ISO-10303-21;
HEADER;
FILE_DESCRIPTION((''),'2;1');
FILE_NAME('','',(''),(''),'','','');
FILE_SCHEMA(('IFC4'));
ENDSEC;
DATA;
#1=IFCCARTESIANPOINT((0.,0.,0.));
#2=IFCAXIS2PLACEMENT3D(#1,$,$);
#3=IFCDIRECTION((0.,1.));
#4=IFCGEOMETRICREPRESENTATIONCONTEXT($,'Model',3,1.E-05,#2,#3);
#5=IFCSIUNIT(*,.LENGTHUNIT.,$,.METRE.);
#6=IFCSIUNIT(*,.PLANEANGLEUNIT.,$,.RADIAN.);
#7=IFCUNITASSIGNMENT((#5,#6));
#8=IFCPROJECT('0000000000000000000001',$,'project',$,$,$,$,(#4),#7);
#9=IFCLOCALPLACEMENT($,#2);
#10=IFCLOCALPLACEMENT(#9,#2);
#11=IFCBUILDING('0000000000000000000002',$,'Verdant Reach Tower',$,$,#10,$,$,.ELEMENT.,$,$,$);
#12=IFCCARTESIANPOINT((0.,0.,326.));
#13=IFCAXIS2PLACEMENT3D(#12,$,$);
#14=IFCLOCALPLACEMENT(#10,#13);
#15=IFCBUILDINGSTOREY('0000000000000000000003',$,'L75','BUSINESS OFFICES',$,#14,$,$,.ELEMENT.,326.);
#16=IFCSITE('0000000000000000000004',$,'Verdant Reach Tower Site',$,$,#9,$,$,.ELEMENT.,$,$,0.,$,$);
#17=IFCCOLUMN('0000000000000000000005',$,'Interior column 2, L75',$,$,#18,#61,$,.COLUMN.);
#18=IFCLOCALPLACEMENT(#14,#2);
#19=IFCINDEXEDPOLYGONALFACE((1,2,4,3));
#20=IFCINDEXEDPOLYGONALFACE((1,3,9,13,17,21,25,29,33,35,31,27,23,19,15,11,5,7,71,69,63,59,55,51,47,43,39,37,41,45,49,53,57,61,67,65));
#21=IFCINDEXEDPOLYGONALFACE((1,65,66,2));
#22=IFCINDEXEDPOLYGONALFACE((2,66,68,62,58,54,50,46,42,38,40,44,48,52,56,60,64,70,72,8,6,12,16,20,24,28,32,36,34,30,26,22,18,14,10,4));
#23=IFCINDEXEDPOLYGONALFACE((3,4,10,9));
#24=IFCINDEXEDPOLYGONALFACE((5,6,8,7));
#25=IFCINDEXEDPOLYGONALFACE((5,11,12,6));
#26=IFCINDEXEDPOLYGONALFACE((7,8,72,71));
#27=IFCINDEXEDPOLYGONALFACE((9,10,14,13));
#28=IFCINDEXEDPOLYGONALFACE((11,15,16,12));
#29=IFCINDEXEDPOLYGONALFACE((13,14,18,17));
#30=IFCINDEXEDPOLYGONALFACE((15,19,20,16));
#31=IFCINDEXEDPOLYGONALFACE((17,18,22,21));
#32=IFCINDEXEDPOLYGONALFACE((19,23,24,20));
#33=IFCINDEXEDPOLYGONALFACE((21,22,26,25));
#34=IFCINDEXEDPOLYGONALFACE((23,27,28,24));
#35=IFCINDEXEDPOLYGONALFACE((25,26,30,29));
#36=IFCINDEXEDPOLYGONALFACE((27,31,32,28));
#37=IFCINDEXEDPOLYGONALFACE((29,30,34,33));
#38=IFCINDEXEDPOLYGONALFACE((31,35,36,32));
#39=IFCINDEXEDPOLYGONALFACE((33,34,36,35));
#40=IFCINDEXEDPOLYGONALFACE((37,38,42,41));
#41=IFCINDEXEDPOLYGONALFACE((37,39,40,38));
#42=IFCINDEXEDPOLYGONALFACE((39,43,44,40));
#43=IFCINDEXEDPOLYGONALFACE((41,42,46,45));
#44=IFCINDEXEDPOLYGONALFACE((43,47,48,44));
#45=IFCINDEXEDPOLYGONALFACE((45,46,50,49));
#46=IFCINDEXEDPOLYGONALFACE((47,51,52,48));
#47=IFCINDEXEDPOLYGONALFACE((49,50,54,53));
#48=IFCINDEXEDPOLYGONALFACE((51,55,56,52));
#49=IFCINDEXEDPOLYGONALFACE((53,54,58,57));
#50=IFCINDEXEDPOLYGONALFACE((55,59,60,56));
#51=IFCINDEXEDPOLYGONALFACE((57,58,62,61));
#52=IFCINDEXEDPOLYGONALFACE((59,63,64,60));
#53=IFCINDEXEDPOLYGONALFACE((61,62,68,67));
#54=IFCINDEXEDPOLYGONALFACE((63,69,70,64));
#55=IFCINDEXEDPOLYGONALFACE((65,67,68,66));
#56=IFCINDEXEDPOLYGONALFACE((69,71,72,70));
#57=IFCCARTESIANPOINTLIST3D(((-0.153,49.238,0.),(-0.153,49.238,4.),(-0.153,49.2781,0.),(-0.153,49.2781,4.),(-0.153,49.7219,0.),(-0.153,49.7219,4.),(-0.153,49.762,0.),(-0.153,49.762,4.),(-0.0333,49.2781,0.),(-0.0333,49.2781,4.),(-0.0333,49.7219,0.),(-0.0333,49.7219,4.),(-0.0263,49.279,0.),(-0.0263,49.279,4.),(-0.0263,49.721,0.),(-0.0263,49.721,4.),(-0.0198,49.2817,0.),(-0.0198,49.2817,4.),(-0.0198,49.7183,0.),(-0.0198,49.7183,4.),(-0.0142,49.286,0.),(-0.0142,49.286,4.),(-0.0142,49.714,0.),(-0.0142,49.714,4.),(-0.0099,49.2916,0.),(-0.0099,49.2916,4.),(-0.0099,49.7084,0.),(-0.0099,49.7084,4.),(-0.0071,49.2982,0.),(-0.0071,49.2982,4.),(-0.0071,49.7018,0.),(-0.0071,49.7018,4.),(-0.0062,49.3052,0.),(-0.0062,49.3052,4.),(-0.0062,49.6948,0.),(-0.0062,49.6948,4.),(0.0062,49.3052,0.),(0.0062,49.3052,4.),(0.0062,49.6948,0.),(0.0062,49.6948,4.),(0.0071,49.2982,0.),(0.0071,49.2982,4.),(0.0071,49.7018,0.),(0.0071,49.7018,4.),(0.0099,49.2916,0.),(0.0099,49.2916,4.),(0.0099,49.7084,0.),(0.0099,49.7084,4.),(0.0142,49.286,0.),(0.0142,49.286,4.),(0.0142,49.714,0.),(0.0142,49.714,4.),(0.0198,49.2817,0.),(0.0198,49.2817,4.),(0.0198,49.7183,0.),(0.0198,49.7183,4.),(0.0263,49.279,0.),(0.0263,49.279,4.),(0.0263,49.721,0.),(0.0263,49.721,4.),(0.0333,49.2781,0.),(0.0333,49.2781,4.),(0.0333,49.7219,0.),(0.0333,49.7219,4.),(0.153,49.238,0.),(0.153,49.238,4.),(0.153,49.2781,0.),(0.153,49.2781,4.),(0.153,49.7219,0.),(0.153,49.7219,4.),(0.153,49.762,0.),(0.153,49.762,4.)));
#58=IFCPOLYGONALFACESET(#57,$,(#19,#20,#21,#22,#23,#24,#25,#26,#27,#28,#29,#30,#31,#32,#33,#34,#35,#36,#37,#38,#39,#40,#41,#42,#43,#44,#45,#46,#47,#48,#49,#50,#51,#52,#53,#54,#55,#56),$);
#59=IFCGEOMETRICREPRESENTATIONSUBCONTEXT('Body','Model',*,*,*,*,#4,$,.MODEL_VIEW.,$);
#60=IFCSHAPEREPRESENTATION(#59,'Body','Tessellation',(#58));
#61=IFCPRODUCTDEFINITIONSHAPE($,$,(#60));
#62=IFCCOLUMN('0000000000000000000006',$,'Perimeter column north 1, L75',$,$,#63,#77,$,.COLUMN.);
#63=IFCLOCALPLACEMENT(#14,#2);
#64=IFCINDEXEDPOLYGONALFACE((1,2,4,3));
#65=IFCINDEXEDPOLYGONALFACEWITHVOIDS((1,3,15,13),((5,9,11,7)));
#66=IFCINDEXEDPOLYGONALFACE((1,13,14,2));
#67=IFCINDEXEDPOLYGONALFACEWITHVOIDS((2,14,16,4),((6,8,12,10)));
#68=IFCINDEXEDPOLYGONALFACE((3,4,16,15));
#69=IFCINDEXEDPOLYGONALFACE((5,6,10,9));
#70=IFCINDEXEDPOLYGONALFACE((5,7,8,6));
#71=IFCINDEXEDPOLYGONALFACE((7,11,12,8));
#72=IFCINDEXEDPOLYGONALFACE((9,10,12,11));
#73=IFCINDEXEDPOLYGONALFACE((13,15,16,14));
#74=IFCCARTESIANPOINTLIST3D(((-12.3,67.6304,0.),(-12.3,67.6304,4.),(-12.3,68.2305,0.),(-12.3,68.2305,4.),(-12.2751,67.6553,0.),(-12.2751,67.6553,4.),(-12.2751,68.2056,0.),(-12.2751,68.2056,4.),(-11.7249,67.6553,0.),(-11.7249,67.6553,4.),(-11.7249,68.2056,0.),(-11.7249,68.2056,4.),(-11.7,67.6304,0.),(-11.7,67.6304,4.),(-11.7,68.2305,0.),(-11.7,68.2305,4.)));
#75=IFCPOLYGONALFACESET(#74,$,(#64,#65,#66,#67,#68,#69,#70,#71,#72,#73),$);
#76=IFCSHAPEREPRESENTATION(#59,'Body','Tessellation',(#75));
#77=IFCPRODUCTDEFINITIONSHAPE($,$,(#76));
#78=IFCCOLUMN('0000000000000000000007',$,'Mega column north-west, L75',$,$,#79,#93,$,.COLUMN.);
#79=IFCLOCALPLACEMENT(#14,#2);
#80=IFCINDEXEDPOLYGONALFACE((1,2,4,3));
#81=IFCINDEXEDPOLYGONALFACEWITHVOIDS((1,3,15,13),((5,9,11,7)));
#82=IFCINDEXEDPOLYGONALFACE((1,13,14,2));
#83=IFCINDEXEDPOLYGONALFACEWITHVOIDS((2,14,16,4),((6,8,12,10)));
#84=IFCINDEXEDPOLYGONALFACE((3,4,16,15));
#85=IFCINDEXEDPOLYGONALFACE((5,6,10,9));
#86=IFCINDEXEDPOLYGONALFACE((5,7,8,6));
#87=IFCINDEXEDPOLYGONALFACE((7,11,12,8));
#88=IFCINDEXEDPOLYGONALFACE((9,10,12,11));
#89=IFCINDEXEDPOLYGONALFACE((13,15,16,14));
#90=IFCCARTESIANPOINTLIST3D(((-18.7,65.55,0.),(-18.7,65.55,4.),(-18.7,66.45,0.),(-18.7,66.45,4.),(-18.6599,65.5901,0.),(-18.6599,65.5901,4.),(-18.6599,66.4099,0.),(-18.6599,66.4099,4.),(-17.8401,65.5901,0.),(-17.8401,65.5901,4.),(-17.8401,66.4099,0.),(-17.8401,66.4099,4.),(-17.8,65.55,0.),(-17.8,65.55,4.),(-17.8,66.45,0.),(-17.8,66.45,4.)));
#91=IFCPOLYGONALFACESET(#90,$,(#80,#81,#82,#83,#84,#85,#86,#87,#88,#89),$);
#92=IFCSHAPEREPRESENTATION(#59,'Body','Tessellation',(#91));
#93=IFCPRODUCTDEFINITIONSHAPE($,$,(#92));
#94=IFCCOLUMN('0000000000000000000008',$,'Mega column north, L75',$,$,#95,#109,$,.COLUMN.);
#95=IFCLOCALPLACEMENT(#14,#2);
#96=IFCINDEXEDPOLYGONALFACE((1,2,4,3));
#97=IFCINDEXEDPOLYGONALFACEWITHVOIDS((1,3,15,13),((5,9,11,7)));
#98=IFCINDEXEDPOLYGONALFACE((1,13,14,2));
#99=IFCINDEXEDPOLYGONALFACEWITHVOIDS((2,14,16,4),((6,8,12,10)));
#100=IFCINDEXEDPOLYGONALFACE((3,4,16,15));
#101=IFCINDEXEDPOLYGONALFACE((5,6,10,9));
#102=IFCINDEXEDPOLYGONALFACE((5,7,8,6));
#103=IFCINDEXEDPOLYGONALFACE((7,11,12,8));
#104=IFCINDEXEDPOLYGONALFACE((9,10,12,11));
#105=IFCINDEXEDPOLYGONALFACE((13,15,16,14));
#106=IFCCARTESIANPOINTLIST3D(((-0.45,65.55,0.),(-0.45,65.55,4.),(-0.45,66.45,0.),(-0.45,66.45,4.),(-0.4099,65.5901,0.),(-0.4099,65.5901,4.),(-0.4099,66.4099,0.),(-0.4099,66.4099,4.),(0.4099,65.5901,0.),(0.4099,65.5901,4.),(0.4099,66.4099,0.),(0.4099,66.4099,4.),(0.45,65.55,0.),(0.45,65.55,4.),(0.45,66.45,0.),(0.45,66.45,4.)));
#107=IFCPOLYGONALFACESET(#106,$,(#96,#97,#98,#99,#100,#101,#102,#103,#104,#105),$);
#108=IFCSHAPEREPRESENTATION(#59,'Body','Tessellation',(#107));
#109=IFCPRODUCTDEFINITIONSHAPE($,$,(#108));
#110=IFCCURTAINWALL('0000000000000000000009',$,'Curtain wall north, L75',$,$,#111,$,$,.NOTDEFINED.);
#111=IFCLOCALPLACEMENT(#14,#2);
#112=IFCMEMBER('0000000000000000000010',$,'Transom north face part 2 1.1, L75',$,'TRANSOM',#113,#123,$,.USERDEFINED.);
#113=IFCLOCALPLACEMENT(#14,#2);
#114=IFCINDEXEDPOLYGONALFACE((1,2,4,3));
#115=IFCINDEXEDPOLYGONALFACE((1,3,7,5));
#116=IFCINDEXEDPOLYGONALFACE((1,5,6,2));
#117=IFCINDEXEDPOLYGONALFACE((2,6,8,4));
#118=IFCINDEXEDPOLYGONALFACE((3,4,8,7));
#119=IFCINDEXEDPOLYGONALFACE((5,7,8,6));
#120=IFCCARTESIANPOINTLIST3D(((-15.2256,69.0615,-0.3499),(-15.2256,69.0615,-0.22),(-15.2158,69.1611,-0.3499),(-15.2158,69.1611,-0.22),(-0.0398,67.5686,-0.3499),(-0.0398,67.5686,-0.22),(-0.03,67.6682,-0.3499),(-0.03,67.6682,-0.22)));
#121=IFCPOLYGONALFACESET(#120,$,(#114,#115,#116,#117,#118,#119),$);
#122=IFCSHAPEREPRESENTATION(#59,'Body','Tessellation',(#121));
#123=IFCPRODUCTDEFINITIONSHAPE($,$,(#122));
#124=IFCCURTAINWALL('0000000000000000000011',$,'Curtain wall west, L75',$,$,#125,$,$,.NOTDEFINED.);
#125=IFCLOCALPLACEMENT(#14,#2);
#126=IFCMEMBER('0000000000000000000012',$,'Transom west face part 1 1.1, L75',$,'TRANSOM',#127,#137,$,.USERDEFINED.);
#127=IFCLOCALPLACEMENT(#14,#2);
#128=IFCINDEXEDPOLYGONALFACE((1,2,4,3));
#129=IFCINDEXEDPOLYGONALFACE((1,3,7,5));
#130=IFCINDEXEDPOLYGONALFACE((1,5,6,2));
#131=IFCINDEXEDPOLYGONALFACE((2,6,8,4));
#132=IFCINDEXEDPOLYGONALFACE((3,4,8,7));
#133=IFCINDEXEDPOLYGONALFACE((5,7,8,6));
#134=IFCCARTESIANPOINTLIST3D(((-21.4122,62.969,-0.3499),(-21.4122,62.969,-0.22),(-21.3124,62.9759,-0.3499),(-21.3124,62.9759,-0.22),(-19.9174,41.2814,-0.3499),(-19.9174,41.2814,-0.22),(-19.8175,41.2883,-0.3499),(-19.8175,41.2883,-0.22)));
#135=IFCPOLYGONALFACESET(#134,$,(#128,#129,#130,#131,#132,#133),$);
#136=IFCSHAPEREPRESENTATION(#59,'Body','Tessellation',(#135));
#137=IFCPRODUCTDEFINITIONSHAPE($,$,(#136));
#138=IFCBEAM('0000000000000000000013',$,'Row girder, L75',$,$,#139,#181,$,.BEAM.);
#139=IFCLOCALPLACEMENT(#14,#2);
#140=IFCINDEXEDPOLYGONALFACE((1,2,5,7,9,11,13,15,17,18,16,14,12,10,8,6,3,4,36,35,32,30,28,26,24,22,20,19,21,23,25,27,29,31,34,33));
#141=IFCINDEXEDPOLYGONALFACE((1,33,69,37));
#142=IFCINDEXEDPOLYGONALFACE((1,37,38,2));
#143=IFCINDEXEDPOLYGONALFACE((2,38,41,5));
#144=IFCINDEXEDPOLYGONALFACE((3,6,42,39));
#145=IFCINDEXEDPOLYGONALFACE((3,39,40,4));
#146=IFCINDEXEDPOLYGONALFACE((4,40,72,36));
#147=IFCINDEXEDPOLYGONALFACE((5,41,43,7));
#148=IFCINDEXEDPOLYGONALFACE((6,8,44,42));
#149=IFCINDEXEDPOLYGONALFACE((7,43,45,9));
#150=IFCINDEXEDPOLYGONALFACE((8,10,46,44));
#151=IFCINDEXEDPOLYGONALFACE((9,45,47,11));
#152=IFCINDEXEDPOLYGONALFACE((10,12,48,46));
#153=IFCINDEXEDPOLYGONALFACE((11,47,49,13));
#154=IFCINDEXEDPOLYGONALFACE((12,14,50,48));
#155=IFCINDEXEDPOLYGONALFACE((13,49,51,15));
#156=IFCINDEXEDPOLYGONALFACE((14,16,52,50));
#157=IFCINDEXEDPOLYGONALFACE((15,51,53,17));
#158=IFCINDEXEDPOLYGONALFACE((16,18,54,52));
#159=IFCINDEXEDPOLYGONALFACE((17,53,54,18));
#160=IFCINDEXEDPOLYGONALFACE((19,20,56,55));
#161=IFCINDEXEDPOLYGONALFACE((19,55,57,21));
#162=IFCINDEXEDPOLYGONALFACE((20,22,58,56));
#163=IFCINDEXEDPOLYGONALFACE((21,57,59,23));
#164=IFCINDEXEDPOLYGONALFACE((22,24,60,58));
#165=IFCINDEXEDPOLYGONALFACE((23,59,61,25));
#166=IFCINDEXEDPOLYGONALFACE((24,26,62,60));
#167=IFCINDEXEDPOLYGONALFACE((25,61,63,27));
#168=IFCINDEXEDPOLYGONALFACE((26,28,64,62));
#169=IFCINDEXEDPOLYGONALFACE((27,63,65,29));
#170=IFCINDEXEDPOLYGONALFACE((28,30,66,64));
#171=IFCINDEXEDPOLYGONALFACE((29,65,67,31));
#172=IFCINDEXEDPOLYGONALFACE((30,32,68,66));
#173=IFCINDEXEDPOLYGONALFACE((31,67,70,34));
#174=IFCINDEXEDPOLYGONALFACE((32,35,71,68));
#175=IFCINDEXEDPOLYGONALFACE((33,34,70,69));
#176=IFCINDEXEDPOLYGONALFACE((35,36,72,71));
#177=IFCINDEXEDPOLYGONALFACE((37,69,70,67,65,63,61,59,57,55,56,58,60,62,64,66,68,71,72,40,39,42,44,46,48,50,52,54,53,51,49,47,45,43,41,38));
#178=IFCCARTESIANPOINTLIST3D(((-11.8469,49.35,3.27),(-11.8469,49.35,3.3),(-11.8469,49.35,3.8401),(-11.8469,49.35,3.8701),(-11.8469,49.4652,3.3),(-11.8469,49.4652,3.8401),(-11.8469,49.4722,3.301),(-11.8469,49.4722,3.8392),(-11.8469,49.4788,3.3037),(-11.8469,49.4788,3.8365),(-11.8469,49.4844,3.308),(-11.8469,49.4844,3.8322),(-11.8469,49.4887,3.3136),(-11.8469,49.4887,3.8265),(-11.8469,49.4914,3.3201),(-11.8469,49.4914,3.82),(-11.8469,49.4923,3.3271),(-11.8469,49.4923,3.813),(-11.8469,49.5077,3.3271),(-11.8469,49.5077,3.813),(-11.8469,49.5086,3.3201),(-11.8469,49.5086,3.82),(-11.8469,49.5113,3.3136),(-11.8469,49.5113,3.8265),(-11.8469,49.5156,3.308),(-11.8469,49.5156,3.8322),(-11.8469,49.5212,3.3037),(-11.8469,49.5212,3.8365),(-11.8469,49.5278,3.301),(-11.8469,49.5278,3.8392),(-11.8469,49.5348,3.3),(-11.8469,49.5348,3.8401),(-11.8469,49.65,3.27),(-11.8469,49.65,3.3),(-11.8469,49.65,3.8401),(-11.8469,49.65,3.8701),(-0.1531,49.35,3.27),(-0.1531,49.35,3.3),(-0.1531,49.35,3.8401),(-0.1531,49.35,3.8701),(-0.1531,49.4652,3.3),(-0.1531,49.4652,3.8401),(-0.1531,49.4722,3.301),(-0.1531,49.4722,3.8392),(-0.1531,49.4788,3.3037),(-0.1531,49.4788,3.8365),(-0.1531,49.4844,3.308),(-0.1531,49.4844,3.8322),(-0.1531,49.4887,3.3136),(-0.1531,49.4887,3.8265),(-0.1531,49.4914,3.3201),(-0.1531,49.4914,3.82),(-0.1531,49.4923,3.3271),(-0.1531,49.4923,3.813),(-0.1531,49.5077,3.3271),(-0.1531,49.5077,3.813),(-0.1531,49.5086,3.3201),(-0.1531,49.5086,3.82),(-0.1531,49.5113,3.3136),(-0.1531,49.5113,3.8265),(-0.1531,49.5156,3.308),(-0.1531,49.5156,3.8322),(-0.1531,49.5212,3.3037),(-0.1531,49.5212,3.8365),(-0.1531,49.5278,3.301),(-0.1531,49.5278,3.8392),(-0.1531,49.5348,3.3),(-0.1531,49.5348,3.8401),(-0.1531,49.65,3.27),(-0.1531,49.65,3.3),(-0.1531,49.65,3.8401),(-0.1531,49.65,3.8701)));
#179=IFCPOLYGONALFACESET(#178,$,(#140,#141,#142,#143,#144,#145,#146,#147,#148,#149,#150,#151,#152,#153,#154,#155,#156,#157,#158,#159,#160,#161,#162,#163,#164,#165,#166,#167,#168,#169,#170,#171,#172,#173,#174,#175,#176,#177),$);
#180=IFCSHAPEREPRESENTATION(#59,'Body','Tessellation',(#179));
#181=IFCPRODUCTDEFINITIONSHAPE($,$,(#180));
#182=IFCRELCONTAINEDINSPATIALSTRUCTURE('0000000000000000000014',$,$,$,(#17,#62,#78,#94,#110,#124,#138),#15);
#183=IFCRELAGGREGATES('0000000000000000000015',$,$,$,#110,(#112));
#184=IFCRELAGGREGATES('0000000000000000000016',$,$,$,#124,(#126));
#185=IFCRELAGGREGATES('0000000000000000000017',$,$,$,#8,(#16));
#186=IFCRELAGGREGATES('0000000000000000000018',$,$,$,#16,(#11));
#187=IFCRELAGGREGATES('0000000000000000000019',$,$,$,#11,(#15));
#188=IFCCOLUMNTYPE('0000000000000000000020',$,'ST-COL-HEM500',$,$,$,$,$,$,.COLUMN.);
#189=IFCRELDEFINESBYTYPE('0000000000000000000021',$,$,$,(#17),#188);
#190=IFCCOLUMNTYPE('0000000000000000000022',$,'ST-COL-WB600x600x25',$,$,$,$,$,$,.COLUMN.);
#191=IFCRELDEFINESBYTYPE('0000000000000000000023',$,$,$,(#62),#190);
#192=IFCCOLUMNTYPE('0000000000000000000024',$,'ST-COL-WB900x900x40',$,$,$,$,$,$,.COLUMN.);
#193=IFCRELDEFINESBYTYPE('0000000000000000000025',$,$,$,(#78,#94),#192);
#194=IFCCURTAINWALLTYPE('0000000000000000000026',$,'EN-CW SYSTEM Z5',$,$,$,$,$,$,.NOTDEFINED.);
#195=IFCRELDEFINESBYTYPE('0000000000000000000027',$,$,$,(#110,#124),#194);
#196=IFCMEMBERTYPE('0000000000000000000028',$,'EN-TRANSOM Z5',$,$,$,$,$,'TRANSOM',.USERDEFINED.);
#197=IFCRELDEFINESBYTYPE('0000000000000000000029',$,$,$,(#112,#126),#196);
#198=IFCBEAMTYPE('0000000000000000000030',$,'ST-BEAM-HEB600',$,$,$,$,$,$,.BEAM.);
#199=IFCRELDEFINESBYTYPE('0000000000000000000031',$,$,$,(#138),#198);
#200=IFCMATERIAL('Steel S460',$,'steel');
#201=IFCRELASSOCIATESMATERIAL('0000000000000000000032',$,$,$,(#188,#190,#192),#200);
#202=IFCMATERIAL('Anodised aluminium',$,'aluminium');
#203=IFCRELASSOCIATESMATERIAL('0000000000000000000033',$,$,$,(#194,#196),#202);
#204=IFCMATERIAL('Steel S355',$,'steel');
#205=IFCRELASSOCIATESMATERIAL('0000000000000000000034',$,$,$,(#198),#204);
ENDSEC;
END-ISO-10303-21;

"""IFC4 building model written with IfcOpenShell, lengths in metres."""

from ifc_helpers import new_model, si_unit, direction, frame, origin, origin_2d, place, context, subcontext, project, spatial, rectangle, hollow_rectangle, i_section, extrude, material, material_profile, profile_set, type_object, element, aggregate, save


model = new_model("IFC4")

# Units and contexts
model_context = context("Model", 3, precision=1e-05, world=origin(), true_north=direction((0.0, 1.0)))
body_context = subcontext(model_context, "Body", "Model", "MODEL_VIEW")
ifc_project = project(units=[si_unit("LENGTHUNIT", "METRE"), si_unit("PLANEANGLEUNIT", "RADIAN")], contexts=[model_context])

# Site, building, storey
site_placement = place(None, origin())
site = spatial("IfcSite", under=ifc_project, at=site_placement, Name="Verdant Reach Tower Site", CompositionType="ELEMENT", RefElevation=0.0)
building_placement = place(site_placement, origin())
building = spatial("IfcBuilding", under=site, at=building_placement, Name="Verdant Reach Tower", CompositionType="ELEMENT")
storey_placement = place(building_placement, frame((0.0, 0.0, 326.0)))
storey = spatial("IfcBuildingStorey", under=building, at=storey_placement, Name="L75", Description="BUSINESS OFFICES", CompositionType="ELEMENT", Elevation=326.0)

# Columns
ifc_material_1 = material(Name="Steel S460", Category="steel")
ifc_material_profile_1 = material_profile(ifc_material_1, i_section(OverallWidth=0.3059, OverallDepth=0.5239, WebThickness=0.0125, FlangeThickness=0.04, FilletRadius=0.0271, at=origin_2d()), Name="HEM 500")
ifc_profile_set_1 = profile_set([ifc_material_profile_1], Name="Steel S460")
column_type_1 = type_object("IfcColumnType", Name="ST-COL-HEM500", PredefinedType="COLUMN", material=ifc_profile_set_1)
column_1_placement = place(storey_placement, frame((0.0, 49.5, 0.0), z_axis=(0.0, 0.0, 1.0), x_axis=(1.0, 0.0, 0.0)))
element("IfcColumn", 1, at=column_1_placement, inside=storey, type_object=column_type_1, Name="Interior column 2, L75", PredefinedType="COLUMN", context=body_context, shape_type="SweptSolid", body=[
    extrude(i_section(OverallWidth=0.3059, OverallDepth=0.5239, WebThickness=0.0125, FlangeThickness=0.04, FilletRadius=0.0271, at=origin_2d()), origin(), (0.0, 0.0, 1.0), 4.0),
])
ifc_material_profile_2 = material_profile(ifc_material_1, hollow_rectangle(XDim=0.6001, YDim=0.6001, WallThickness=0.0249, at=origin_2d()), Name="WB 600x600x25")
ifc_profile_set_2 = profile_set([ifc_material_profile_2], Name="Steel S460")
column_type_2 = type_object("IfcColumnType", Name="ST-COL-WB600x600x25", PredefinedType="COLUMN", material=ifc_profile_set_2)
column_2_placement = place(storey_placement, frame((-12.0, 67.9304, 0.0), z_axis=(0.0, 0.0, 1.0), x_axis=(1.0, 0.0, 0.0)))
element("IfcColumn", 2, at=column_2_placement, inside=storey, type_object=column_type_2, Name="Perimeter column north 1, L75", PredefinedType="COLUMN", context=body_context, shape_type="SweptSolid", body=[
    extrude(hollow_rectangle(XDim=0.6001, YDim=0.6001, WallThickness=0.0249, at=origin_2d()), origin(), (0.0, 0.0, 1.0), 4.0),
])
ifc_material_profile_3 = material_profile(ifc_material_1, hollow_rectangle(XDim=0.8999, YDim=0.8999, WallThickness=0.04, at=origin_2d()), Name="WB 900x900x40")
ifc_profile_set_3 = profile_set([ifc_material_profile_3], Name="Steel S460")
column_type_3 = type_object("IfcColumnType", Name="ST-COL-WB900x900x40", PredefinedType="COLUMN", material=ifc_profile_set_3)
for number, where, z_axis, x_axis, name in (
    (3, (-18.25, 66.0, 0.0), (0.0, 0.0, 1.0), (1.0, 0.0, 0.0), "Mega column north-west, L75"),
    (4, (0.0, 66.0, 0.0), (0.0, 0.0, 1.0), (1.0, 0.0, 0.0), "Mega column north, L75"),
):
    element("IfcColumn", number, at=place(storey_placement, frame(where, z_axis=z_axis, x_axis=x_axis)), inside=storey, type_object=column_type_3, Name=name, PredefinedType="COLUMN", context=body_context, shape_type="SweptSolid", body=[
        extrude(hollow_rectangle(XDim=0.8999, YDim=0.8999, WallThickness=0.04, at=origin_2d()), origin(), (0.0, 0.0, 1.0), 4.0),
    ])

# Curtain walls, members
ifc_material_2 = material(Name="Anodised aluminium", Category="aluminium")
curtain_wall_type = type_object("IfcCurtainWallType", Name="EN-CW SYSTEM Z5", PredefinedType="NOTDEFINED", material=ifc_material_2)
curtain_wall_1_placement = place(storey_placement, origin())
curtain_wall_1 = element("IfcCurtainWall", 5, at=curtain_wall_1_placement, inside=storey, type_object=curtain_wall_type, Name="Curtain wall north, L75", PredefinedType="NOTDEFINED")
ifc_material_profile_4 = material_profile(ifc_material_2, rectangle(XDim=0.1001, YDim=0.1299, at=origin_2d()), Name="Transom 130x100")
ifc_profile_set_4 = profile_set([ifc_material_profile_4], Name="Anodised aluminium")
member_type = type_object("IfcMemberType", Name="EN-TRANSOM Z5", ElementType="TRANSOM", PredefinedType="USERDEFINED", material=ifc_profile_set_4)
member_1_placement = place(storey_placement, frame((-0.0349, 67.6184, -0.2849), z_axis=(-0.995202, 0.097839, 0.0), x_axis=(-0.097839, -0.995202, 0.0)))
member_1 = element("IfcMember", 6, at=member_1_placement, type_object=member_type, Name="Transom north face part 2 1.1, L75", ObjectType="TRANSOM", PredefinedType="USERDEFINED", context=body_context, shape_type="SweptSolid", body=[
    extrude(rectangle(XDim=0.1001, YDim=0.1299, at=origin_2d()), origin(), (0.0, 0.0, 1.0), 15.259),
])
curtain_wall_2_placement = place(storey_placement, origin())
curtain_wall_2 = element("IfcCurtainWall", 7, at=curtain_wall_2_placement, inside=storey, type_object=curtain_wall_type, Name="Curtain wall west, L75", PredefinedType="NOTDEFINED")
member_2_placement = place(storey_placement, frame((-21.3623, 62.9724, -0.2849), z_axis=(0.068765, -0.997633, 0.0), x_axis=(0.997633, 0.068765, 0.0)))
member_2 = element("IfcMember", 8, at=member_2_placement, type_object=member_type, Name="Transom west face part 1 1.1, L75", ObjectType="TRANSOM", PredefinedType="USERDEFINED", context=body_context, shape_type="SweptSolid", body=[
    extrude(rectangle(XDim=0.1001, YDim=0.1299, at=origin_2d()), origin(), (0.0, 0.0, 1.0), 21.739),
])

# Beam
ifc_material_3 = material(Name="Steel S355", Category="steel")
ifc_material_profile_5 = material_profile(ifc_material_3, i_section(OverallWidth=0.3, OverallDepth=0.6001, WebThickness=0.0154, FlangeThickness=0.03, FilletRadius=0.0271, at=origin_2d()), Name="HEB 600")
ifc_profile_set_5 = profile_set([ifc_material_profile_5], Name="Steel S355")
beam_type_1 = type_object("IfcBeamType", Name="ST-BEAM-HEB600", PredefinedType="BEAM", material=ifc_profile_set_5)
beam_1_placement = place(storey_placement, frame((-11.8469, 49.5, 3.5701), z_axis=(1.0, 0.0, 0.0), x_axis=(0.0, 1.0, 0.0)))
element("IfcBeam", 9, at=beam_1_placement, inside=storey, type_object=beam_type_1, Name="Row girder, L75", PredefinedType="BEAM", context=body_context, shape_type="SweptSolid", body=[
    extrude(i_section(OverallWidth=0.3, OverallDepth=0.6001, WebThickness=0.0154, FlangeThickness=0.03, FilletRadius=0.0271, at=origin_2d()), origin(), (0.0, 0.0, 1.0), 11.6938),
])

aggregate(curtain_wall_1, [member_1])
aggregate(curtain_wall_2, [member_2])

save(model, "model.ifc")
